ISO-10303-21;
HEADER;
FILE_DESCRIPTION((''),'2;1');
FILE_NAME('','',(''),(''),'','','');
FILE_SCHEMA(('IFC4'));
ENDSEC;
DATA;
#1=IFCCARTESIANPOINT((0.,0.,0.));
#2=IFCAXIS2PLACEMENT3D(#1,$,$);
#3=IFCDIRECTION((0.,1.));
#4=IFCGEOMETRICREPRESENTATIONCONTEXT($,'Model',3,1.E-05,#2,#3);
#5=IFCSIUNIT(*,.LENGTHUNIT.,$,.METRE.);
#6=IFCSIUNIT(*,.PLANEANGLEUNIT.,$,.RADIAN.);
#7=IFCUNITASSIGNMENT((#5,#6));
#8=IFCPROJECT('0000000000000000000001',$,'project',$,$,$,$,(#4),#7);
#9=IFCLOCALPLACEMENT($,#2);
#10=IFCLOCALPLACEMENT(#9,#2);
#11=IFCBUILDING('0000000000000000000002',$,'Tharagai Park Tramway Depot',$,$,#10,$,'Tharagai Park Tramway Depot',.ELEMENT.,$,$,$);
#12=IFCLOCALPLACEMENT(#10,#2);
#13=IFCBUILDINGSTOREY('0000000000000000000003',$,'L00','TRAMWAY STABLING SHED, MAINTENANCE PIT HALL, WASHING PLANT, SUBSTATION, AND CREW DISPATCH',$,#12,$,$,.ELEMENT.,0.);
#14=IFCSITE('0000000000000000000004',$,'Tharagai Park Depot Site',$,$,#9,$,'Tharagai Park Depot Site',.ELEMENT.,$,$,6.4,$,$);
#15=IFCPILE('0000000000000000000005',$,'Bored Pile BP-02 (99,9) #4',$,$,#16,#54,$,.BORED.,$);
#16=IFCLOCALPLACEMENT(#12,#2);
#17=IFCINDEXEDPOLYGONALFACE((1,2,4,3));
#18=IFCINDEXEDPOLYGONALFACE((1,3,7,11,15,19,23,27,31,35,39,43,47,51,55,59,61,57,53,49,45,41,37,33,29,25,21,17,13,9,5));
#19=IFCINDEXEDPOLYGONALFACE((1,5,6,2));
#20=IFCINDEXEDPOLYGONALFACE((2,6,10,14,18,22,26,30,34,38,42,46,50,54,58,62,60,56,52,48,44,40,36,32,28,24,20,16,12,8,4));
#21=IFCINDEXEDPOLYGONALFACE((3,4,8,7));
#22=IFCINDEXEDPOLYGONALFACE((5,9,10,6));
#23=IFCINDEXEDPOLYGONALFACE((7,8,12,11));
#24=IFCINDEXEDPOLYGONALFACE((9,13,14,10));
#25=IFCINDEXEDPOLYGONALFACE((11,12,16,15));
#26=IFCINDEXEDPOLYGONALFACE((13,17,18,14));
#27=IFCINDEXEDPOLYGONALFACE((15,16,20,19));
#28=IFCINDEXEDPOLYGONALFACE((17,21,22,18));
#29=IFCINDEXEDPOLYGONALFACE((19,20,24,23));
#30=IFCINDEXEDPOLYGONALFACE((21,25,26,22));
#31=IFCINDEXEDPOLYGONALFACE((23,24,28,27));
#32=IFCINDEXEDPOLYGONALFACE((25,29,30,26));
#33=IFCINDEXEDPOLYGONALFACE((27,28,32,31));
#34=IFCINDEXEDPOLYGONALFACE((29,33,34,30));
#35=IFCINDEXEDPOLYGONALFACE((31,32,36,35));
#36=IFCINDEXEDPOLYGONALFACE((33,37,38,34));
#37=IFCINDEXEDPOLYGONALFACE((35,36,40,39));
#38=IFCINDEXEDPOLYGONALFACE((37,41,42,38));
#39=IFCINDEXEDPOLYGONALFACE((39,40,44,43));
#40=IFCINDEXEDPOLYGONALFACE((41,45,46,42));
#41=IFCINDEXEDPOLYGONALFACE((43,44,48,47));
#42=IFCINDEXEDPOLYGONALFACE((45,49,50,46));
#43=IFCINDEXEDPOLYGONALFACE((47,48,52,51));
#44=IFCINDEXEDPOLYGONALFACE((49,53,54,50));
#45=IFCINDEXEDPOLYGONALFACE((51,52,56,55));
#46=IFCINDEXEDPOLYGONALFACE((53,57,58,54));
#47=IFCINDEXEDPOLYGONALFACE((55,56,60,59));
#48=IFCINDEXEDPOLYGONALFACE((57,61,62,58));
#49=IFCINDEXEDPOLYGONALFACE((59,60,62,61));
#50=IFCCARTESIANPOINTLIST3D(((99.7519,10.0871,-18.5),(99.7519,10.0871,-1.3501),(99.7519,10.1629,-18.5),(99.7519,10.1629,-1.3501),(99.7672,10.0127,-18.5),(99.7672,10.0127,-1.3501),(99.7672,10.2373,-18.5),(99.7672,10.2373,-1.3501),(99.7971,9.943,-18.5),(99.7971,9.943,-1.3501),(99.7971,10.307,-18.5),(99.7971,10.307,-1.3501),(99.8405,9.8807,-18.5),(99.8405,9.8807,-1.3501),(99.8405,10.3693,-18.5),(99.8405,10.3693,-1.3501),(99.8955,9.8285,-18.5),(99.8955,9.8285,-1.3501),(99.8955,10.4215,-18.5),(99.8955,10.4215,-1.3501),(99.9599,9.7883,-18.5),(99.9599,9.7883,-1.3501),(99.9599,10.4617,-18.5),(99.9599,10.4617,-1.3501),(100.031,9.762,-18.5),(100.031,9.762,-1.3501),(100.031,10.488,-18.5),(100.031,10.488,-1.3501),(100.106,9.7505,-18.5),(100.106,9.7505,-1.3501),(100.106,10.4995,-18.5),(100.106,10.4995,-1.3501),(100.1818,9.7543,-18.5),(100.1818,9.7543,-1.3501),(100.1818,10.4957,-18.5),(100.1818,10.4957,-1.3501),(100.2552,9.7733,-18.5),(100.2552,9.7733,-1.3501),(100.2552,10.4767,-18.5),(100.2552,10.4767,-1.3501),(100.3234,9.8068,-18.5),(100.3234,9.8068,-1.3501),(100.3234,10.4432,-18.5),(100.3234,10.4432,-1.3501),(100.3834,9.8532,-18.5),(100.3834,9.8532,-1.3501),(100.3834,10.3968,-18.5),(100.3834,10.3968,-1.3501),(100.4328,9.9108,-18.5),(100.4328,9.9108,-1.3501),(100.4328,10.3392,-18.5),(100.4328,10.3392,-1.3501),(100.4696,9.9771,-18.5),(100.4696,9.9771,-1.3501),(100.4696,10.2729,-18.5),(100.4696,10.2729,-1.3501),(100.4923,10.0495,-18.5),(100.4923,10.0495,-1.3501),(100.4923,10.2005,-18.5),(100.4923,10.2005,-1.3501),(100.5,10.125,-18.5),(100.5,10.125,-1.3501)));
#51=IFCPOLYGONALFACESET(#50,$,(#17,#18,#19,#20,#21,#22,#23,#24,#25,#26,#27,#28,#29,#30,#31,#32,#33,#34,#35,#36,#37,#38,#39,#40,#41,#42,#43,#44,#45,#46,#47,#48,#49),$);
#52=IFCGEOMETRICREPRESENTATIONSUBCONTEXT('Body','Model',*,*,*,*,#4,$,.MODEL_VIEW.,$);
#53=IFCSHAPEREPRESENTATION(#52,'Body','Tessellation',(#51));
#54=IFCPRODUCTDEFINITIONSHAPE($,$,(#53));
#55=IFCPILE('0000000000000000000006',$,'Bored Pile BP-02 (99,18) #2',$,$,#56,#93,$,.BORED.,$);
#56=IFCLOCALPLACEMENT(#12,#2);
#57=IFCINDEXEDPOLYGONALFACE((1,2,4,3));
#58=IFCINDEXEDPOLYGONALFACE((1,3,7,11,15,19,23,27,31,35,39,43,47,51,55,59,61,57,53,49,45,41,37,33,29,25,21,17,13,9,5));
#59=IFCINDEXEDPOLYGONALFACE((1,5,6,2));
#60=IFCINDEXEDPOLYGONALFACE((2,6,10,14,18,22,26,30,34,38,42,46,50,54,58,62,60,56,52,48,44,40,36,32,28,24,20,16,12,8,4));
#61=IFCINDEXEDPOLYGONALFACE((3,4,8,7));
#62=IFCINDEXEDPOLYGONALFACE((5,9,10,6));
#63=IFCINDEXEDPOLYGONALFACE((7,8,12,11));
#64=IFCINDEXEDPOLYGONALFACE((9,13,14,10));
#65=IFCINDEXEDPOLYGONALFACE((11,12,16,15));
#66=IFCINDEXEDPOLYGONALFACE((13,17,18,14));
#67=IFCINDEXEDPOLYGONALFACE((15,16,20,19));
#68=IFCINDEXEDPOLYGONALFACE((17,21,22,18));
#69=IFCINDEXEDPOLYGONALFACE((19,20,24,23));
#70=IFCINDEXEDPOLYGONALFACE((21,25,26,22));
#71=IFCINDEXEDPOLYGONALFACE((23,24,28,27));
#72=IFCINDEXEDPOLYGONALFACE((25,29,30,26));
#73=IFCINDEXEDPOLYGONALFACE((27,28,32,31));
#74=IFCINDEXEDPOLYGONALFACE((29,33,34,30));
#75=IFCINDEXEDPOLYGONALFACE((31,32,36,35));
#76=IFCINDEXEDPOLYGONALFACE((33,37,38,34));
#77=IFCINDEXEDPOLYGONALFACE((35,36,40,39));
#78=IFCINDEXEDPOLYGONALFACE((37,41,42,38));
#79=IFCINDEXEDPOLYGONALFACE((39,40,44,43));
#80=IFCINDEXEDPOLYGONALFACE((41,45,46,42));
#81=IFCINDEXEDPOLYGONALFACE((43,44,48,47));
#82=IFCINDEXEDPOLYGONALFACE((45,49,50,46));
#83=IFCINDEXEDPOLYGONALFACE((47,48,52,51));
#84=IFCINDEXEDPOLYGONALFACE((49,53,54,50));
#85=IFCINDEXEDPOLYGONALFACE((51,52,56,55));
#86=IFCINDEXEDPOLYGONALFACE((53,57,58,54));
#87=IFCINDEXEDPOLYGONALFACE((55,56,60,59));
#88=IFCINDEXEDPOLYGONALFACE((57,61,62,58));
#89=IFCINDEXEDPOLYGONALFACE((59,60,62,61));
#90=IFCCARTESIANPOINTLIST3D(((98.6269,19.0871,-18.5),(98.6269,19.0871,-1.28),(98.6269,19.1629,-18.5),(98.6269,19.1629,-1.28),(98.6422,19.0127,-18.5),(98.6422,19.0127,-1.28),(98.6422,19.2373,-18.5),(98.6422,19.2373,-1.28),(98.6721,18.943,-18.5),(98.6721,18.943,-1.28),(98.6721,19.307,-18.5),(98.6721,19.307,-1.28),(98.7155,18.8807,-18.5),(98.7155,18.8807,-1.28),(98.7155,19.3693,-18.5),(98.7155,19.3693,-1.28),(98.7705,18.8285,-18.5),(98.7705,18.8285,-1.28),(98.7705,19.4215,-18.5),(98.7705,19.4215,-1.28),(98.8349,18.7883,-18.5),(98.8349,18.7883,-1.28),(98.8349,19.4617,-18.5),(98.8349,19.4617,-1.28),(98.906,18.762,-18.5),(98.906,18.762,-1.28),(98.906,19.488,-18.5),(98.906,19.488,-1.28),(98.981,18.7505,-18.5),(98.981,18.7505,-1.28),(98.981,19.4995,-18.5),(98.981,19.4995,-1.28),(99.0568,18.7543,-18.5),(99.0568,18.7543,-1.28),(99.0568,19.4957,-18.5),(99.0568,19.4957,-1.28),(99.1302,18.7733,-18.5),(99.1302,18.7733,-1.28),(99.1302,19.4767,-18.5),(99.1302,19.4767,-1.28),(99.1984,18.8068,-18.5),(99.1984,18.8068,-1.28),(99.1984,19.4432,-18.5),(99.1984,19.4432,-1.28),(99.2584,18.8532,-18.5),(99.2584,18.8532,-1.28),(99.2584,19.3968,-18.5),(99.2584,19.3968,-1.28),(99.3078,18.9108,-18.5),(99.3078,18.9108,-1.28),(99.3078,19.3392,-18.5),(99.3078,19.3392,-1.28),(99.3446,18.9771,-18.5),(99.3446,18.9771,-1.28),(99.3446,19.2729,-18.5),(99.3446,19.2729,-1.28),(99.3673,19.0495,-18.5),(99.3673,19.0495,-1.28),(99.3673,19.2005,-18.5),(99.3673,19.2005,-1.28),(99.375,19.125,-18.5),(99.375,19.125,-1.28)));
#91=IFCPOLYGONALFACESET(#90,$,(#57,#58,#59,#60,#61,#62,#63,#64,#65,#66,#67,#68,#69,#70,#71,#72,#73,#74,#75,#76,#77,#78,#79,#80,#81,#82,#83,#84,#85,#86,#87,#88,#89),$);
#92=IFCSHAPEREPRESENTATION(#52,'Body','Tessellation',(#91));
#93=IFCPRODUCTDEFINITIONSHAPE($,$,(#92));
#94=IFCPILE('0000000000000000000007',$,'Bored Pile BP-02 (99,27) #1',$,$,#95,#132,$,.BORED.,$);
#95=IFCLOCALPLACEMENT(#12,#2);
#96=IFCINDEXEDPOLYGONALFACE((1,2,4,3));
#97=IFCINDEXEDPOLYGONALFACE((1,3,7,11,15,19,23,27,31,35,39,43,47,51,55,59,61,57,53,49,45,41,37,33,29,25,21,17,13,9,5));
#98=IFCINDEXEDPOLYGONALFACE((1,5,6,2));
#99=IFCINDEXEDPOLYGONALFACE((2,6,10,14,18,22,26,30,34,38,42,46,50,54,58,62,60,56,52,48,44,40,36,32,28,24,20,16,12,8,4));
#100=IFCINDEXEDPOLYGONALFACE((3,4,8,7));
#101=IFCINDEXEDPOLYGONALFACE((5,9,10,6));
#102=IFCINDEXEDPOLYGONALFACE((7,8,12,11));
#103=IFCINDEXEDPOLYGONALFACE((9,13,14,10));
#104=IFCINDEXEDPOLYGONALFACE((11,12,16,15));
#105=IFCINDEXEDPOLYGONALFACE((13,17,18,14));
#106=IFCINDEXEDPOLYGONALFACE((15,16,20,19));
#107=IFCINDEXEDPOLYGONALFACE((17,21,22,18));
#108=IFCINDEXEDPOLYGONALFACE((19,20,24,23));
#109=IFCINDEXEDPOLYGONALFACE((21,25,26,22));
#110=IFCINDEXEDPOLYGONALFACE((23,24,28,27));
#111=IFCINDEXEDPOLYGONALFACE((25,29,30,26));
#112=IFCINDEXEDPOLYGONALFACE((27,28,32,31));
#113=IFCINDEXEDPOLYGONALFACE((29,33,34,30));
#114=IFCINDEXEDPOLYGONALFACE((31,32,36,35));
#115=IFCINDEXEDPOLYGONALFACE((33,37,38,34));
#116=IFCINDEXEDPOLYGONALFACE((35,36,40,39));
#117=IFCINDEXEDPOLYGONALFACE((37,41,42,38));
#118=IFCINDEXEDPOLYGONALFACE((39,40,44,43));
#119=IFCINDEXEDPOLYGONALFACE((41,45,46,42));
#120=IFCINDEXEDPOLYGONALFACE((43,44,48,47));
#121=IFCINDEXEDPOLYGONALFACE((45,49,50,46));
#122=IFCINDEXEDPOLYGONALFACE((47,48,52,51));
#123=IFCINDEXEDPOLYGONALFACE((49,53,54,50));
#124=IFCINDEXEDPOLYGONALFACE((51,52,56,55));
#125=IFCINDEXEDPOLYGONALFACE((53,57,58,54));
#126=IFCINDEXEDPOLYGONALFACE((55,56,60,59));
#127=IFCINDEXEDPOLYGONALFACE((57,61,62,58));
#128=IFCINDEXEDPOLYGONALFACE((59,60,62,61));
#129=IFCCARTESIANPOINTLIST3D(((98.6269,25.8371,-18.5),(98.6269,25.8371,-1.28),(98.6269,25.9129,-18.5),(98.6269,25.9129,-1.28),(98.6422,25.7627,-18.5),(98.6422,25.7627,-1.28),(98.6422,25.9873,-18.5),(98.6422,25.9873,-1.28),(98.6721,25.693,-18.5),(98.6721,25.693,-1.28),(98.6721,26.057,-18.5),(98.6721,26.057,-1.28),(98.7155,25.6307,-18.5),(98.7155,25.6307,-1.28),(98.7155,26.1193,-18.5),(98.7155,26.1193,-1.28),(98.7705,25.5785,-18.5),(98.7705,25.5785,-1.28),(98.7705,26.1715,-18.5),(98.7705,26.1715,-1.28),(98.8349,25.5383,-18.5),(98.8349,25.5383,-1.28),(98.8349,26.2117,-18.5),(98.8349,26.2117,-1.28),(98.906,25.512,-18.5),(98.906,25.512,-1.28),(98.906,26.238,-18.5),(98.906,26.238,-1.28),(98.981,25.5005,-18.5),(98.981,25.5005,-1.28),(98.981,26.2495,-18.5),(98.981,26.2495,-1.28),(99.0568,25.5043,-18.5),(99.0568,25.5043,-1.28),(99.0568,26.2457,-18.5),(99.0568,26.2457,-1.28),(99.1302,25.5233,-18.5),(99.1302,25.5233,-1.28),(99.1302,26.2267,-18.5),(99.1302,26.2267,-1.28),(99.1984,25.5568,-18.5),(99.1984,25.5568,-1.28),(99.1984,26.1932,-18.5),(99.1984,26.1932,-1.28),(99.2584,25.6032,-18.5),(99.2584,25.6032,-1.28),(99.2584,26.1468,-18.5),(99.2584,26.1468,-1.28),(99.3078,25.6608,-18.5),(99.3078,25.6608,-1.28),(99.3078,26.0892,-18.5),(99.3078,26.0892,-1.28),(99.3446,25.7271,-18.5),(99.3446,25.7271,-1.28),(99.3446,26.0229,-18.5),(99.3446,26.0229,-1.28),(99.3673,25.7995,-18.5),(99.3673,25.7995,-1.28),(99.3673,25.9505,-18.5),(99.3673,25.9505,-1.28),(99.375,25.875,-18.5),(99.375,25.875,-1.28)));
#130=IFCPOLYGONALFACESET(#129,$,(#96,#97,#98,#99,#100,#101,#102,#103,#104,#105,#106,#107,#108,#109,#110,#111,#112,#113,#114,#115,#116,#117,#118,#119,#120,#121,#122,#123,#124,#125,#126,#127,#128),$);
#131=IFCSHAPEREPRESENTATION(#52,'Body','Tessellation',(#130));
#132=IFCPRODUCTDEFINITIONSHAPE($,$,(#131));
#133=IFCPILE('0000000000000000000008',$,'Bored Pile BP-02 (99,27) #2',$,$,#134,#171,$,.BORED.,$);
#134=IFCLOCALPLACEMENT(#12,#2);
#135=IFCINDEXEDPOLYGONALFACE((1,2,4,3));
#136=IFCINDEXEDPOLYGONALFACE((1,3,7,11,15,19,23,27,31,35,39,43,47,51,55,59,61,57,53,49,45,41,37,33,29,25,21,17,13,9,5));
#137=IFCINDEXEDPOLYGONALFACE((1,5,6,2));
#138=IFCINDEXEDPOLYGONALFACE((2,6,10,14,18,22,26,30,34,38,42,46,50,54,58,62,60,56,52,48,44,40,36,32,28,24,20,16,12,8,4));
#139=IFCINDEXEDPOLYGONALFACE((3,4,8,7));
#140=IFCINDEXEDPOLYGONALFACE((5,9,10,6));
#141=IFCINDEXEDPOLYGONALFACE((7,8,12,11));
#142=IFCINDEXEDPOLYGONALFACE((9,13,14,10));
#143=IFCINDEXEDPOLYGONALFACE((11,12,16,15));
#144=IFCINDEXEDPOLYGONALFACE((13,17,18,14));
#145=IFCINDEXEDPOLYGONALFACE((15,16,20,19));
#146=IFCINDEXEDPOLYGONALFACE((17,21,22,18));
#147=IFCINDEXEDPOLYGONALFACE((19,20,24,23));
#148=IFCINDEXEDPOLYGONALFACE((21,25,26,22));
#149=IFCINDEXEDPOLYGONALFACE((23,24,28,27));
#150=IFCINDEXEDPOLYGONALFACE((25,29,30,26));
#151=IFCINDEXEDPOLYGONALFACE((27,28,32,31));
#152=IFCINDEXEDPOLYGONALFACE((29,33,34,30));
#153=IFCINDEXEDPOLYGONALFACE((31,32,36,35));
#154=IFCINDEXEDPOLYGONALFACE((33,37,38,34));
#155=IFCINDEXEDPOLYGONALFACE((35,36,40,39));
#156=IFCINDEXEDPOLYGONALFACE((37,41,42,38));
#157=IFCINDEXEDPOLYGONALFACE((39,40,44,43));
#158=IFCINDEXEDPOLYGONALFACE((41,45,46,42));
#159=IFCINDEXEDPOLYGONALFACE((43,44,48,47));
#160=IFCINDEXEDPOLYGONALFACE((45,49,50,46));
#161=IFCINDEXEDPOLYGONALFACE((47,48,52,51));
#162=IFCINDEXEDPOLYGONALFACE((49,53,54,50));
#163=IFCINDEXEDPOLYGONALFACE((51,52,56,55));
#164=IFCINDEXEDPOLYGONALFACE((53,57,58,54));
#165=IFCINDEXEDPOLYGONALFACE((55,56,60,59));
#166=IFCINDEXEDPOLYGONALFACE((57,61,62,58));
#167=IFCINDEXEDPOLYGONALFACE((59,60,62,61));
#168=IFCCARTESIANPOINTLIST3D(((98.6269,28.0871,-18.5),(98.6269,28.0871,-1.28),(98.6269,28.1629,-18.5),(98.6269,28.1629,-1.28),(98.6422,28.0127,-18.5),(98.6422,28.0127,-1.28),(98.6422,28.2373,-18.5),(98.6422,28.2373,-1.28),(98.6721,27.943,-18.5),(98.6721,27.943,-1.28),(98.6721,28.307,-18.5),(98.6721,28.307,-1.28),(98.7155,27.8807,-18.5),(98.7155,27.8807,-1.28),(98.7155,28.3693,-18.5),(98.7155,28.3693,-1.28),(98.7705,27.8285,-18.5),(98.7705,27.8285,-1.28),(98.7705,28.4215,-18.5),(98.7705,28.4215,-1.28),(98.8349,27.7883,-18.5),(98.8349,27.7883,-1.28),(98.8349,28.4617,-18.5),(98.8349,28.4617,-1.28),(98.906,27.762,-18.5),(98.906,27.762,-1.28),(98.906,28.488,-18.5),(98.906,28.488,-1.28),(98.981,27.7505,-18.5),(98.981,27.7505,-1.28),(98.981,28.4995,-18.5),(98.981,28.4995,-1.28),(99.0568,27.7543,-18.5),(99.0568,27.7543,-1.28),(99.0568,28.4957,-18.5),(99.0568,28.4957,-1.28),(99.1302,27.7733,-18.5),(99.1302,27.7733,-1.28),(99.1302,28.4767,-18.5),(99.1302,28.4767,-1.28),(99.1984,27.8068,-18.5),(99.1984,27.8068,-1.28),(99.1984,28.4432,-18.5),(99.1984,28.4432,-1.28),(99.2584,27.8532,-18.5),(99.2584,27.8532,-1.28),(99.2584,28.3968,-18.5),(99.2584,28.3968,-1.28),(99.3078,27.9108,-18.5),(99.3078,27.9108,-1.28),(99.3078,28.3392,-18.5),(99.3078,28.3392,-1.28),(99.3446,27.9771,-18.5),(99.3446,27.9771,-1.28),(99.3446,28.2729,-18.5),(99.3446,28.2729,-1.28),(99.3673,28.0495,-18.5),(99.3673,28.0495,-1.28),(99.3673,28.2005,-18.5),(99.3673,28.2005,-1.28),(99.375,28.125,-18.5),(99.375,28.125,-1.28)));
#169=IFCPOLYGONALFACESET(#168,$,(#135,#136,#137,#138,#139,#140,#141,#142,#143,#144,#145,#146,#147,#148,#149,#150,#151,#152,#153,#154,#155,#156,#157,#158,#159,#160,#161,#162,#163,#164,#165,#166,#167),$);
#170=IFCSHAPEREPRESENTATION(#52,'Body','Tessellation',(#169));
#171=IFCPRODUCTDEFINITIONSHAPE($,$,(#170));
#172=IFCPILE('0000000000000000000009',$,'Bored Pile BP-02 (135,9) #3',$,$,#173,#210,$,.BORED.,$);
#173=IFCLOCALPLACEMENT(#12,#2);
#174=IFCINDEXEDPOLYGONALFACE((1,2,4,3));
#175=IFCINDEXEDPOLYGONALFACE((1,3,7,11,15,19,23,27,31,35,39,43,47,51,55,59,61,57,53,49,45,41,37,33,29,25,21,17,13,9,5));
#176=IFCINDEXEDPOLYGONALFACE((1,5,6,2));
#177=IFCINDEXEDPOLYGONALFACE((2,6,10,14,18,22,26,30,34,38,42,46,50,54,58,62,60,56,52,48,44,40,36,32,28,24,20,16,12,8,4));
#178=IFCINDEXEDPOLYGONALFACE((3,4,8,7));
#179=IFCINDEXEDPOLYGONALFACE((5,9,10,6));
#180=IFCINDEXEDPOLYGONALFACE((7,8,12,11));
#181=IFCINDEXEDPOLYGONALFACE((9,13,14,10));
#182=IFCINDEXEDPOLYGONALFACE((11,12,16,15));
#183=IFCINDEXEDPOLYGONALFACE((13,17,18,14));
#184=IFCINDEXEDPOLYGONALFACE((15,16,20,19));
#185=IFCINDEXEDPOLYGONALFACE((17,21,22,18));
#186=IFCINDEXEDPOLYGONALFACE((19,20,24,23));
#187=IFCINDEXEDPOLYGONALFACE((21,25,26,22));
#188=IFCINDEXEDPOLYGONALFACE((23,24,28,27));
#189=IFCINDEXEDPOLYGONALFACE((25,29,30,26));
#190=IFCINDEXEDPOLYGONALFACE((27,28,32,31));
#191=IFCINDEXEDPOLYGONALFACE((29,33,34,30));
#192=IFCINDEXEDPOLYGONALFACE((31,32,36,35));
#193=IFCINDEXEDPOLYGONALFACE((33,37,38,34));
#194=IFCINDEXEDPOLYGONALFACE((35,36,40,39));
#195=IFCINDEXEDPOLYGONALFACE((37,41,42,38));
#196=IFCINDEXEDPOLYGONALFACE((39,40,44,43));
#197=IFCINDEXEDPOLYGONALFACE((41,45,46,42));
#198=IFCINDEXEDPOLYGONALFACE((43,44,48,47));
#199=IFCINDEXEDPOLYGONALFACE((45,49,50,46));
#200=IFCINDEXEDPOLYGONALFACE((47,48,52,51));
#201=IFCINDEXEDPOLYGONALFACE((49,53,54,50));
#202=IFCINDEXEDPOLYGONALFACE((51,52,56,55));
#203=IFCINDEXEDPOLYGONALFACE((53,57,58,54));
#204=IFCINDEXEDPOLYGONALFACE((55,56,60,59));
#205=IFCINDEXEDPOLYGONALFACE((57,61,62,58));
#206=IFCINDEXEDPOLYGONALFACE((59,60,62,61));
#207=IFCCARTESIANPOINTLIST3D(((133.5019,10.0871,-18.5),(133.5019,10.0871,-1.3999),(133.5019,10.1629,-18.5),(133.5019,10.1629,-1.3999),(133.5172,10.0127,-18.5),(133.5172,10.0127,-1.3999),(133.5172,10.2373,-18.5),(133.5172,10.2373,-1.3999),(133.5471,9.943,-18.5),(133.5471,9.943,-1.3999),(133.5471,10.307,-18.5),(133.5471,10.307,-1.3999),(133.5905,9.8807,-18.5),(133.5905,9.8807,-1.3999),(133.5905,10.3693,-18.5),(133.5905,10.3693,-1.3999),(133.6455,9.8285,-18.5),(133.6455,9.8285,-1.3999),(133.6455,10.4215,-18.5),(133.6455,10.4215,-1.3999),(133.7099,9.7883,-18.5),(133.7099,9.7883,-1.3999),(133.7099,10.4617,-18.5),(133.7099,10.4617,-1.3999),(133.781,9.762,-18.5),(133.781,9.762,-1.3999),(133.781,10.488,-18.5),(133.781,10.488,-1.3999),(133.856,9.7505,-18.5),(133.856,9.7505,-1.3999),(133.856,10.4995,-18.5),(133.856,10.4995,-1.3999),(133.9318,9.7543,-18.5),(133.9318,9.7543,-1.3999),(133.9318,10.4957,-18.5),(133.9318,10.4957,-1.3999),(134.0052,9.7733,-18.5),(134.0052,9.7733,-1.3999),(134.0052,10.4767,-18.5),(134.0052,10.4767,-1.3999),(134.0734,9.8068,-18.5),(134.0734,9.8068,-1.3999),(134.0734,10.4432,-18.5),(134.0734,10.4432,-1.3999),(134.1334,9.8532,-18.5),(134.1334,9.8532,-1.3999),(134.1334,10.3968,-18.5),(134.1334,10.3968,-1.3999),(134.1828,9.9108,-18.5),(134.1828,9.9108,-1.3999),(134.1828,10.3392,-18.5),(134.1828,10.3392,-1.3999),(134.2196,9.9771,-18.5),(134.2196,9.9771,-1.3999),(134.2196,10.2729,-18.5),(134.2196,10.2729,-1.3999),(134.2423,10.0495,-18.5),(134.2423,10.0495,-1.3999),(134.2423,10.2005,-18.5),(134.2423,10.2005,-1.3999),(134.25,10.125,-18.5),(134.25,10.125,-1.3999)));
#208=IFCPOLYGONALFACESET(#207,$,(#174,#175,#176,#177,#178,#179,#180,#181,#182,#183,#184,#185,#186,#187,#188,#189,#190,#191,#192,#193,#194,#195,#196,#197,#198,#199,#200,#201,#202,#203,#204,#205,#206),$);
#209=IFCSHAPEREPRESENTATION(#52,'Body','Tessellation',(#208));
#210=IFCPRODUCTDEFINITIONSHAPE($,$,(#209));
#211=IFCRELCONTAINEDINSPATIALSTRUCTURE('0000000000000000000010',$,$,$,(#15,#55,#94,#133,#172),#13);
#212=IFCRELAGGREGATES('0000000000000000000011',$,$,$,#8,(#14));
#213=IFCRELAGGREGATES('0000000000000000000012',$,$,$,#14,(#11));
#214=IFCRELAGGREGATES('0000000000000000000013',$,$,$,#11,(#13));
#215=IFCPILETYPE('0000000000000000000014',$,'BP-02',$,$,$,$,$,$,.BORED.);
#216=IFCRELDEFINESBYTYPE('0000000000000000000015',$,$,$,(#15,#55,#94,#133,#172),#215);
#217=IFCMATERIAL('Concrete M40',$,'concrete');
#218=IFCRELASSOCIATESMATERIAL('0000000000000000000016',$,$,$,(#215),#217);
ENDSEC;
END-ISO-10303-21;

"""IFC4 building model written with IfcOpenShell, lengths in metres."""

from ifc_helpers import new_model, si_unit, direction, frame, origin, origin_2d, place, context, subcontext, project, spatial, circle, extrude, material, material_profile, profile_set, type_object, element, save


model = new_model("IFC4")

# Units and contexts
model_context = context("Model", 3, precision=1e-05, world=origin(), true_north=direction((0.0, 1.0)))
body_context = subcontext(model_context, "Body", "Model", "MODEL_VIEW")
ifc_project = project(units=[si_unit("LENGTHUNIT", "METRE"), si_unit("PLANEANGLEUNIT", "RADIAN")], contexts=[model_context])

# Site, building, storey
site_placement = place(None, origin())
site = spatial("IfcSite", under=ifc_project, at=site_placement, Name="Tharagai Park Depot Site", LongName="Tharagai Park Depot Site", CompositionType="ELEMENT", RefElevation=6.4)
building_placement = place(site_placement, origin())
building = spatial("IfcBuilding", under=site, at=building_placement, Name="Tharagai Park Tramway Depot", LongName="Tharagai Park Tramway Depot", CompositionType="ELEMENT")
storey_placement = place(building_placement, origin())
storey = spatial("IfcBuildingStorey", under=building, at=storey_placement, Name="L00", Description="TRAMWAY STABLING SHED, MAINTENANCE PIT HALL, WASHING PLANT, SUBSTATION, AND CREW DISPATCH", CompositionType="ELEMENT", Elevation=0.0)

# Piles
ifc_material_1 = material(Name="Concrete M40", Category="concrete")
ifc_material_profile_1 = material_profile(ifc_material_1, circle(Radius=0.375, at=origin_2d()), Name="PILE D750")
ifc_profile_set_1 = profile_set([ifc_material_profile_1], Name="Concrete M40")
pile_type_1 = type_object("IfcPileType", Name="BP-02", PredefinedType="BORED", material=ifc_profile_set_1)
pile_1_placement = place(storey_placement, frame((100.125, 10.125, -1.3501), z_axis=(0.0, 0.0, -1.0), x_axis=(1.0, 0.0, 0.0)))
element("IfcPile", 1, at=pile_1_placement, inside=storey, type_object=pile_type_1, Name="Bored Pile BP-02 (99,9) #4", PredefinedType="BORED", context=body_context, shape_type="SweptSolid", body=[
    extrude(circle(Radius=0.375, at=origin_2d()), origin(), (0.0, 0.0, 1.0), 17.1499),
])
for number, where, z_axis, x_axis, name in (
    (2, (99.0, 19.125, -1.28), (0.0, 0.0, -1.0), (1.0, 0.0, 0.0), "Bored Pile BP-02 (99,18) #2"),
    (3, (99.0, 25.875, -1.28), (0.0, 0.0, -1.0), (1.0, 0.0, 0.0), "Bored Pile BP-02 (99,27) #1"),
    (4, (99.0, 28.125, -1.28), (0.0, 0.0, -1.0), (1.0, 0.0, 0.0), "Bored Pile BP-02 (99,27) #2"),
):
    element("IfcPile", number, at=place(storey_placement, frame(where, z_axis=z_axis, x_axis=x_axis)), inside=storey, type_object=pile_type_1, Name=name, PredefinedType="BORED", context=body_context, shape_type="SweptSolid", body=[
        extrude(circle(Radius=0.375, at=origin_2d()), origin(), (0.0, 0.0, 1.0), 17.22),
    ])
pile_2_placement = place(storey_placement, frame((133.875, 10.125, -1.3999), z_axis=(0.0, 0.0, -1.0), x_axis=(1.0, 0.0, 0.0)))
element("IfcPile", 5, at=pile_2_placement, inside=storey, type_object=pile_type_1, Name="Bored Pile BP-02 (135,9) #3", PredefinedType="BORED", context=body_context, shape_type="SweptSolid", body=[
    extrude(circle(Radius=0.375, at=origin_2d()), origin(), (0.0, 0.0, 1.0), 17.1001),
])

save(model, "model.ifc")
